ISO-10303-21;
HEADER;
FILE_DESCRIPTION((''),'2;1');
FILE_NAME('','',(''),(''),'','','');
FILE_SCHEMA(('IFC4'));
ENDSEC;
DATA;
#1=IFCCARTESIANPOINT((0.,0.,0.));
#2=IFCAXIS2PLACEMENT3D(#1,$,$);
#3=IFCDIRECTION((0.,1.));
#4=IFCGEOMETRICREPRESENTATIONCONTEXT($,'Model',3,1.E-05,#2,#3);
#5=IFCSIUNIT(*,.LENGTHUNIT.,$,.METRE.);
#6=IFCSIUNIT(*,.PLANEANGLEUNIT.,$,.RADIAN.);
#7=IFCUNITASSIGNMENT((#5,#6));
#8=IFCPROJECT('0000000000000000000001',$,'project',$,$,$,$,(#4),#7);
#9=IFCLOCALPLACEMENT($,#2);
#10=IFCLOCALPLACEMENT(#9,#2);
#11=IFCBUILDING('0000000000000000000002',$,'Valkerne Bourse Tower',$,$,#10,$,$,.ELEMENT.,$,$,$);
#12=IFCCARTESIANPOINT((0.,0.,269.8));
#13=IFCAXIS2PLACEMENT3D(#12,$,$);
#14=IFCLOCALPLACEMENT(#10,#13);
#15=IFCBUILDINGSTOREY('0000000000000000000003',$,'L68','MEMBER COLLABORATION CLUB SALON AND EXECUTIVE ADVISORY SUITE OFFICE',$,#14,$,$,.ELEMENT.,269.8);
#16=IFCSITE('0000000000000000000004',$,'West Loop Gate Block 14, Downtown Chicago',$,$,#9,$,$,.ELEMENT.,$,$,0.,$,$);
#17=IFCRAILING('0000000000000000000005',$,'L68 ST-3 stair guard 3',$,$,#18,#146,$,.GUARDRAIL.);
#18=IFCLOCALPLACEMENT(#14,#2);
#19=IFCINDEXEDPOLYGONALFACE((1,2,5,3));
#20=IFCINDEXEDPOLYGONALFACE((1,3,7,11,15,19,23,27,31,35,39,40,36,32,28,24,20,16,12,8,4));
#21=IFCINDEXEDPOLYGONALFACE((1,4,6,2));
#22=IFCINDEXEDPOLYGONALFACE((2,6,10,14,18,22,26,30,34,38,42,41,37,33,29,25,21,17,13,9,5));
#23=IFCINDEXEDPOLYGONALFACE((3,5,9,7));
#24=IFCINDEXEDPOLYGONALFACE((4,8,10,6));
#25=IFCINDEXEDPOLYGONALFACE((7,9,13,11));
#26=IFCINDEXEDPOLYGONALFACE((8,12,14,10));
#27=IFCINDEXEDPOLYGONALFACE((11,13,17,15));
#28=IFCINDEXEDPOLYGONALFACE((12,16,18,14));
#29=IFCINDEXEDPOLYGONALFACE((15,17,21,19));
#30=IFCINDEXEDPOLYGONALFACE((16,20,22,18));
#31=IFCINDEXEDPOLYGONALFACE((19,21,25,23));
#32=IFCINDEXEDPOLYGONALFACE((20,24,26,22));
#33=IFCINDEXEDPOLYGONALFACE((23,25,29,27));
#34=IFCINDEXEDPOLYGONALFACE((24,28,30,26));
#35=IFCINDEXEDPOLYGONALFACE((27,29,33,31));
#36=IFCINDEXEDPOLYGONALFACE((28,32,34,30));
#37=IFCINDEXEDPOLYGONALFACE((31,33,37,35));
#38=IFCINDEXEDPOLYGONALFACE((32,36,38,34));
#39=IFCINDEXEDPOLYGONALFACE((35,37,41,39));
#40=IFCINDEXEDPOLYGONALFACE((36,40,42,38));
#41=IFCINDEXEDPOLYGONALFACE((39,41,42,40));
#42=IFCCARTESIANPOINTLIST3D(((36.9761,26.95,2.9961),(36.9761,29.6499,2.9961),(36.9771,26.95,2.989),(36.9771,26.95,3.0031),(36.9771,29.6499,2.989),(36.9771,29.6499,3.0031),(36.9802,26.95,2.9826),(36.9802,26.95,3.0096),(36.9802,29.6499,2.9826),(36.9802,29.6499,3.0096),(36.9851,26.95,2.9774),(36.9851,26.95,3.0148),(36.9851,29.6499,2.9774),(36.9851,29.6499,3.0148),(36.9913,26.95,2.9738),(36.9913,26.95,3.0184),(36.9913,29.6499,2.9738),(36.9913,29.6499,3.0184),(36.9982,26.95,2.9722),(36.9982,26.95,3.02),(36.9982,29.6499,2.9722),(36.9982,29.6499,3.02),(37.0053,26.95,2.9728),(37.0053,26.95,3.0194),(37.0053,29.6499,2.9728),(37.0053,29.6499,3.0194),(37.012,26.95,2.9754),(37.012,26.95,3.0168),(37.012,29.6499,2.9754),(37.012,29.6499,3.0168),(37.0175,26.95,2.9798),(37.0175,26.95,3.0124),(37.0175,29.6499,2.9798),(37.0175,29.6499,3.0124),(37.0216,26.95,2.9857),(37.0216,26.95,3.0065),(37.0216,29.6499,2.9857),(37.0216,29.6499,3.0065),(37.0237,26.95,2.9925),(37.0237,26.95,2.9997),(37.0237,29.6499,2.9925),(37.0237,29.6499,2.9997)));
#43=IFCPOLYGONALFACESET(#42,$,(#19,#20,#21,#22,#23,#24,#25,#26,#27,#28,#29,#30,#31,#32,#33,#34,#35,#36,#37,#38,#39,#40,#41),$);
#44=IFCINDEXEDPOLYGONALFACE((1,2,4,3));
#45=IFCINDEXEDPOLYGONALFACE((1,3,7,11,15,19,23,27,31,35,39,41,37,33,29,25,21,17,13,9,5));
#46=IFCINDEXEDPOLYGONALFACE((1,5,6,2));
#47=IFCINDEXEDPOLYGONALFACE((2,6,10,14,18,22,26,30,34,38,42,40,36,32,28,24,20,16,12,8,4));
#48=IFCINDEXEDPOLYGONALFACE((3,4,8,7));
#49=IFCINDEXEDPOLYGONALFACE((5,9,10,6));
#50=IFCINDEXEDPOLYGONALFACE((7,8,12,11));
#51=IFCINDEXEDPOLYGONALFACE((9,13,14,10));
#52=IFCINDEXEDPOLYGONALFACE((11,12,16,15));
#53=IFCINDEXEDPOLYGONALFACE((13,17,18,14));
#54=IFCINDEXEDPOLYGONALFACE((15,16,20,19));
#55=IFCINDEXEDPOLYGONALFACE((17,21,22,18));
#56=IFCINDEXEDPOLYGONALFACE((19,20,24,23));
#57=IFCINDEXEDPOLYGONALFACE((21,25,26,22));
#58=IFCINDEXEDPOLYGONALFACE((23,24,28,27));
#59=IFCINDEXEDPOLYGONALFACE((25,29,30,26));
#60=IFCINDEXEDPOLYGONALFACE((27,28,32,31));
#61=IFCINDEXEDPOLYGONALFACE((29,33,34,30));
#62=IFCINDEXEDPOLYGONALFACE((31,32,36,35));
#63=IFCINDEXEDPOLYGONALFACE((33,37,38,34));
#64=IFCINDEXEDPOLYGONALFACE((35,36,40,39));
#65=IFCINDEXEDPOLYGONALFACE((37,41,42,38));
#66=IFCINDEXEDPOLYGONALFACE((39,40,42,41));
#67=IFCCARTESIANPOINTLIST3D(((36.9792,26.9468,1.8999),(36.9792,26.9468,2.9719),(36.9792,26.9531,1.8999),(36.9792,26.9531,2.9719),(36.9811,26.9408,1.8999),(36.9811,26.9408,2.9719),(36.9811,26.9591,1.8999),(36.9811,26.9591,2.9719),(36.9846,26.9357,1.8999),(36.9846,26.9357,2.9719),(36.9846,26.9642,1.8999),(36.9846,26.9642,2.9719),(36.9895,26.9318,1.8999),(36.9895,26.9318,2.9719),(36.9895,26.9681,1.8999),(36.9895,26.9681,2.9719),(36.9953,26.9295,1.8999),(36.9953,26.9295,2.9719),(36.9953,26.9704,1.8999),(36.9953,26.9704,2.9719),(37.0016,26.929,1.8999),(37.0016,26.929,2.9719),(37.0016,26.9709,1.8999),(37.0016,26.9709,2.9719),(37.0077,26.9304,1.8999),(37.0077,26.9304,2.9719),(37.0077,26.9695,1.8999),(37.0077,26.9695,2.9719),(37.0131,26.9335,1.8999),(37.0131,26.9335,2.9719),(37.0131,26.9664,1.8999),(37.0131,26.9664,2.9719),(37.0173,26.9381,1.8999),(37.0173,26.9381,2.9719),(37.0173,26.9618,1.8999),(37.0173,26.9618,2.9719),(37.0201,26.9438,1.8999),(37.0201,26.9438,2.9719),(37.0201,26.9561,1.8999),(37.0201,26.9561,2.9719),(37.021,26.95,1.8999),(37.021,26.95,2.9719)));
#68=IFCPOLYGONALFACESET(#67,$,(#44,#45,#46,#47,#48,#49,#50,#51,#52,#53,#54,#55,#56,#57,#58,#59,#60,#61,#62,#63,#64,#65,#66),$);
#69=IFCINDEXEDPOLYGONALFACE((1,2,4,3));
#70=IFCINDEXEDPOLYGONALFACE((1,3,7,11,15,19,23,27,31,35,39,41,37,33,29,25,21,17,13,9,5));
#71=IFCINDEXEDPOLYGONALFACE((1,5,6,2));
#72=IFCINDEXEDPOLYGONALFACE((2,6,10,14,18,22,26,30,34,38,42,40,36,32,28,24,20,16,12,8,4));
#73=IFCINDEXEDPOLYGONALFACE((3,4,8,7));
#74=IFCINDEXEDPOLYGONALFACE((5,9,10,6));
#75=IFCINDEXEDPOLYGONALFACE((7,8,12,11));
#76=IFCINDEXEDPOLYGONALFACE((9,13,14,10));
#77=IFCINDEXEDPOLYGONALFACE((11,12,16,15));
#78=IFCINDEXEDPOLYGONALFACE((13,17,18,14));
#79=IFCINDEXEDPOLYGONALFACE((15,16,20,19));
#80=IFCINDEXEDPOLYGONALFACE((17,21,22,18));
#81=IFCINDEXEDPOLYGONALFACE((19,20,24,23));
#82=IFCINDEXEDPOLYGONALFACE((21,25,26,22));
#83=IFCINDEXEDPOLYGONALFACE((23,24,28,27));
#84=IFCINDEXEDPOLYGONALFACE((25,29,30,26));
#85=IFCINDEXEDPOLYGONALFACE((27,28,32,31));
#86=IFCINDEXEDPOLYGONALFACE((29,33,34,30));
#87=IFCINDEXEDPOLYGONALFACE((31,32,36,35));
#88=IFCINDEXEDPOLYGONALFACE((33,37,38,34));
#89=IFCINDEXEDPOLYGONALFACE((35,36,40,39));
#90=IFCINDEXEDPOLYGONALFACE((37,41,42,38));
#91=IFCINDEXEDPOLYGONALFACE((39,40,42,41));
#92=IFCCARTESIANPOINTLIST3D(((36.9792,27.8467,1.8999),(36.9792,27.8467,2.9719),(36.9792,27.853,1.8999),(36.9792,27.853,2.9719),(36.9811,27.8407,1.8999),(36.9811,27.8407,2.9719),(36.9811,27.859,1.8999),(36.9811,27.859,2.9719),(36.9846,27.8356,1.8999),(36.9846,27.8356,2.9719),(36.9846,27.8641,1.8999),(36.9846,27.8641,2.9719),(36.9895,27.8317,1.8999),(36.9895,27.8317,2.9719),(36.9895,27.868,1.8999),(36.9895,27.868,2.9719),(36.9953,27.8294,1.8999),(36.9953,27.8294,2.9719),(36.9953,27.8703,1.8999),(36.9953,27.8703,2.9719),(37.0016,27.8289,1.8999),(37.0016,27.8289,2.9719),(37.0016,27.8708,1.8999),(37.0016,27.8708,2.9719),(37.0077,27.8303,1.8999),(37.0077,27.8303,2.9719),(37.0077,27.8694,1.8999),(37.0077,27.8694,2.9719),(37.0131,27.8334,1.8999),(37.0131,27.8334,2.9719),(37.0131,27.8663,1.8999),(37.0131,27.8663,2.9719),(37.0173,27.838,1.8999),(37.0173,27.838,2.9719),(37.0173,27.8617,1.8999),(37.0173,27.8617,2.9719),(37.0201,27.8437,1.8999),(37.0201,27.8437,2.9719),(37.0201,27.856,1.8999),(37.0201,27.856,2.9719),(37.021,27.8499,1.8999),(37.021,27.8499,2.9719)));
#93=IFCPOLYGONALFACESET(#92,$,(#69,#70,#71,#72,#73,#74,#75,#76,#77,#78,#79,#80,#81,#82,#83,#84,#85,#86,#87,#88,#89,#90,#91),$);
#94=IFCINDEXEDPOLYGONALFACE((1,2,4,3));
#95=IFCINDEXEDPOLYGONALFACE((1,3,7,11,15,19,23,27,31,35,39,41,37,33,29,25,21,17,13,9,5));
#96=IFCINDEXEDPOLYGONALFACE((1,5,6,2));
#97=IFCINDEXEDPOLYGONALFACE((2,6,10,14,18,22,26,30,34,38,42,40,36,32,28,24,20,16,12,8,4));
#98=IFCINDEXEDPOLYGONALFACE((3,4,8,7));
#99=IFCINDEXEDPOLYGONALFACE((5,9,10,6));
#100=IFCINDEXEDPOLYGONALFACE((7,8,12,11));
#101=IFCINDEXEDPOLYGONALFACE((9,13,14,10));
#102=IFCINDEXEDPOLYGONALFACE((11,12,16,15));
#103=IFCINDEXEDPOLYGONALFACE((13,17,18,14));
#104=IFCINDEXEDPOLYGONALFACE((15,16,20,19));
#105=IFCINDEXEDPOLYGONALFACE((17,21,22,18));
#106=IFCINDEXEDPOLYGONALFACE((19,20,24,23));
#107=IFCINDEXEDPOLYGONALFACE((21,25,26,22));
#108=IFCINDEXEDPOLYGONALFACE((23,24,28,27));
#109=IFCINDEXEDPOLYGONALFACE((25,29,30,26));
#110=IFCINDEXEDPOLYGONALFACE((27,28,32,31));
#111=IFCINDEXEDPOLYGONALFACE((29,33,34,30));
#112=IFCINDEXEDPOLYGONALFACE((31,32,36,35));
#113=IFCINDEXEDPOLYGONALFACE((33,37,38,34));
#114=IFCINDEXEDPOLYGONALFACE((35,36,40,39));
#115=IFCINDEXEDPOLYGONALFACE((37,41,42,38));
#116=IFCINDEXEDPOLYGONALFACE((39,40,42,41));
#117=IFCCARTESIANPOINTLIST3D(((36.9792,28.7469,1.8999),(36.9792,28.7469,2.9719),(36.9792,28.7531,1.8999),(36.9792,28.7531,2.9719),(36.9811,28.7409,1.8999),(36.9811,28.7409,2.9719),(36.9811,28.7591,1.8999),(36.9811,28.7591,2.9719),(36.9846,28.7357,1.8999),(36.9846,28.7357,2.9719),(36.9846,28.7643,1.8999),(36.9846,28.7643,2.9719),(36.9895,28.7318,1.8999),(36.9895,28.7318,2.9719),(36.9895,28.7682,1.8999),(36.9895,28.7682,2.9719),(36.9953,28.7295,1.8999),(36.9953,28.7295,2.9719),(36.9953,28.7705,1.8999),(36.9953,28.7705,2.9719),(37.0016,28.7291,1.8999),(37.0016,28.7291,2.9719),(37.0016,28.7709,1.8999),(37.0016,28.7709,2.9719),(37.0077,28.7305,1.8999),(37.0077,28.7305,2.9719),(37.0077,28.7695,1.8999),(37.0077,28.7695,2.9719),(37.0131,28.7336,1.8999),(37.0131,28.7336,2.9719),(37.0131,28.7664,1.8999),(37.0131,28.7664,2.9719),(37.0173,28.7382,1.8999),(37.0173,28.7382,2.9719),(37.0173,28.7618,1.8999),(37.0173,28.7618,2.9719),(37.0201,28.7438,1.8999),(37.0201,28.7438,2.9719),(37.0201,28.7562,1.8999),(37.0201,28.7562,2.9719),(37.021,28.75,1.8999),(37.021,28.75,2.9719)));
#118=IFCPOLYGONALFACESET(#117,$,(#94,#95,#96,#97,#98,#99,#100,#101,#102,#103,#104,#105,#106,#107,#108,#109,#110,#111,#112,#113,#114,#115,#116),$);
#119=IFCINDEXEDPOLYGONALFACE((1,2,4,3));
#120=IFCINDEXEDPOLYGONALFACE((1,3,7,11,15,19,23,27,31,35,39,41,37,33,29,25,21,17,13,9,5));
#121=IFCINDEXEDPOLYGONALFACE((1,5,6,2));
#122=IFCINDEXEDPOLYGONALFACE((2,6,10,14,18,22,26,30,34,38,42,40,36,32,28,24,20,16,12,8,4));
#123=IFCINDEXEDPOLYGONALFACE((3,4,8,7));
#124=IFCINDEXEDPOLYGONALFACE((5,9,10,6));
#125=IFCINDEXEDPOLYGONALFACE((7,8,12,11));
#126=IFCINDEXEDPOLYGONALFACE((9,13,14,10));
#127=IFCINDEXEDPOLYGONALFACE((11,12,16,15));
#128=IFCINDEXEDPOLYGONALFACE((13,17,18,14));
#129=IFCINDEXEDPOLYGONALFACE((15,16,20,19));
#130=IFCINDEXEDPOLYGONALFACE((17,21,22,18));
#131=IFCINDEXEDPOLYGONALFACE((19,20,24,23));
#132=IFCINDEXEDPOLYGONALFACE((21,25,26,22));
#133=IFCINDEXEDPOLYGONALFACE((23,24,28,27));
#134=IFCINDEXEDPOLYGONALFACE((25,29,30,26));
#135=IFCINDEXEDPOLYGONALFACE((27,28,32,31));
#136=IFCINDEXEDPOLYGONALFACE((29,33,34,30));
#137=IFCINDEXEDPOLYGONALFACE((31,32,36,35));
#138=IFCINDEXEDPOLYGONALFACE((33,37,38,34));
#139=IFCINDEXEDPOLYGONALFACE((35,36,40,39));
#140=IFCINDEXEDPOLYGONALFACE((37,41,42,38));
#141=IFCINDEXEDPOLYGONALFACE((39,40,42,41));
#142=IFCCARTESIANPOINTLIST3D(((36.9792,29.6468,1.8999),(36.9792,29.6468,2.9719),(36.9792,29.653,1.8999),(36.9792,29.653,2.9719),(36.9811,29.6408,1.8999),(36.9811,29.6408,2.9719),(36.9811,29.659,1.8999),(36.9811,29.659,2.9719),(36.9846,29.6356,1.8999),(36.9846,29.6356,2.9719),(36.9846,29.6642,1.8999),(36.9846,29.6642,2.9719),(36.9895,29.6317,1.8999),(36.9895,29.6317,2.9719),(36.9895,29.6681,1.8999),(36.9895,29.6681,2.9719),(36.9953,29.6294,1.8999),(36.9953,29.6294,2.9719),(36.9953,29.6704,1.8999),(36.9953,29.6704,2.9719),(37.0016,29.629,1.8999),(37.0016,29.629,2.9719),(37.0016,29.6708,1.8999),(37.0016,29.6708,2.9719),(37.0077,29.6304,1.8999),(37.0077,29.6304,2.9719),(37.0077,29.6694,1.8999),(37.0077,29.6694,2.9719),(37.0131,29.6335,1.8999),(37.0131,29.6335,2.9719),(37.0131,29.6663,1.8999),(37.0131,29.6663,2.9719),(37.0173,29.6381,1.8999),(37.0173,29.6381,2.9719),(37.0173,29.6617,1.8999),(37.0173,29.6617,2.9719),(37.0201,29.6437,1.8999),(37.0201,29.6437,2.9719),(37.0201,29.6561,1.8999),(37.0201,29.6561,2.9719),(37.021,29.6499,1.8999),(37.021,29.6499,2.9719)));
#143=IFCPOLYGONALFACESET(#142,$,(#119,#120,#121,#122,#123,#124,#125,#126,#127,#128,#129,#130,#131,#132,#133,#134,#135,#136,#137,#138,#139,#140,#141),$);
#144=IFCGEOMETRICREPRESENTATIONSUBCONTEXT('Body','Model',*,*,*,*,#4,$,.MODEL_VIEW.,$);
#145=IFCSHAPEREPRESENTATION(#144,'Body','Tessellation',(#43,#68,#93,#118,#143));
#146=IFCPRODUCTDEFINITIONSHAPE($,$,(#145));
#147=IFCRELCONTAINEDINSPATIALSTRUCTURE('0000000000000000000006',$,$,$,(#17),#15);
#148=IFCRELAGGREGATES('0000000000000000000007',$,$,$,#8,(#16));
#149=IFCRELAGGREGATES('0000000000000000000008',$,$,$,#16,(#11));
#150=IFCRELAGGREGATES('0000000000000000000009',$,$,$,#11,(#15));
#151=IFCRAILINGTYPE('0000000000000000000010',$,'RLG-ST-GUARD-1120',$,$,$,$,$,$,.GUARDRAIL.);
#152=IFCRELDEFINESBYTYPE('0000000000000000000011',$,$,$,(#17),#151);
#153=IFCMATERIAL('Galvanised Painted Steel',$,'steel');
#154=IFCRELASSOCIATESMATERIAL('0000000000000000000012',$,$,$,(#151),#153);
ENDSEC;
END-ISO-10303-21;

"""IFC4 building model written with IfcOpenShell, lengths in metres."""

from ifc_helpers import new_model, si_unit, direction, frame, origin, origin_2d, place, context, subcontext, project, spatial, circle, extrude, material, type_object, element, save


model = new_model("IFC4")

# Units and contexts
model_context = context("Model", 3, precision=1e-05, world=origin(), true_north=direction((0.0, 1.0)))
body_context = subcontext(model_context, "Body", "Model", "MODEL_VIEW")
ifc_project = project(units=[si_unit("LENGTHUNIT", "METRE"), si_unit("PLANEANGLEUNIT", "RADIAN")], contexts=[model_context])

# Site, building, storey
site_placement = place(None, origin())
site = spatial("IfcSite", under=ifc_project, at=site_placement, Name="West Loop Gate Block 14, Downtown Chicago", CompositionType="ELEMENT", RefElevation=0.0)
building_placement = place(site_placement, origin())
building = spatial("IfcBuilding", under=site, at=building_placement, Name="Valkerne Bourse Tower", CompositionType="ELEMENT")
storey_placement = place(building_placement, frame((0.0, 0.0, 269.8)))
storey = spatial("IfcBuildingStorey", under=building, at=storey_placement, Name="L68", Description="MEMBER COLLABORATION CLUB SALON AND EXECUTIVE ADVISORY SUITE OFFICE", CompositionType="ELEMENT", Elevation=269.8)

# Railing
ifc_material_1 = material(Name="Galvanised Painted Steel", Category="steel")
railing_type_1 = type_object("IfcRailingType", Name="RLG-ST-GUARD-1120", PredefinedType="GUARDRAIL", material=ifc_material_1)
railing_1_placement = place(storey_placement, frame((37.0, 26.95, 1.8999)))
element("IfcRailing", 1, at=railing_1_placement, inside=storey, type_object=railing_type_1, Name="L68 ST-3 stair guard 3", PredefinedType="GUARDRAIL", context=body_context, shape_type="SweptSolid", body=[
    extrude(circle(Radius=0.0239, at=origin_2d()), frame((0.0, 0.0, 1.0962), z_axis=(0.0, 1.0, 0.0), x_axis=(-1.0, 0.0, 0.0)), (0.0, 0.0, 1.0), 2.7),
    extrude(circle(Radius=0.021, at=origin_2d()), origin(), (0.0, 0.0, 1.0), 1.072),
    extrude(circle(Radius=0.021, at=origin_2d()), frame((0.0, 0.8999, 0.0)), (0.0, 0.0, 1.0), 1.072),
    extrude(circle(Radius=0.021, at=origin_2d()), frame((0.0, 1.8, 0.0)), (0.0, 0.0, 1.0), 1.072),
    extrude(circle(Radius=0.021, at=origin_2d()), frame((0.0, 2.7, 0.0)), (0.0, 0.0, 1.0), 1.072),
])

save(model, "model.ifc")
